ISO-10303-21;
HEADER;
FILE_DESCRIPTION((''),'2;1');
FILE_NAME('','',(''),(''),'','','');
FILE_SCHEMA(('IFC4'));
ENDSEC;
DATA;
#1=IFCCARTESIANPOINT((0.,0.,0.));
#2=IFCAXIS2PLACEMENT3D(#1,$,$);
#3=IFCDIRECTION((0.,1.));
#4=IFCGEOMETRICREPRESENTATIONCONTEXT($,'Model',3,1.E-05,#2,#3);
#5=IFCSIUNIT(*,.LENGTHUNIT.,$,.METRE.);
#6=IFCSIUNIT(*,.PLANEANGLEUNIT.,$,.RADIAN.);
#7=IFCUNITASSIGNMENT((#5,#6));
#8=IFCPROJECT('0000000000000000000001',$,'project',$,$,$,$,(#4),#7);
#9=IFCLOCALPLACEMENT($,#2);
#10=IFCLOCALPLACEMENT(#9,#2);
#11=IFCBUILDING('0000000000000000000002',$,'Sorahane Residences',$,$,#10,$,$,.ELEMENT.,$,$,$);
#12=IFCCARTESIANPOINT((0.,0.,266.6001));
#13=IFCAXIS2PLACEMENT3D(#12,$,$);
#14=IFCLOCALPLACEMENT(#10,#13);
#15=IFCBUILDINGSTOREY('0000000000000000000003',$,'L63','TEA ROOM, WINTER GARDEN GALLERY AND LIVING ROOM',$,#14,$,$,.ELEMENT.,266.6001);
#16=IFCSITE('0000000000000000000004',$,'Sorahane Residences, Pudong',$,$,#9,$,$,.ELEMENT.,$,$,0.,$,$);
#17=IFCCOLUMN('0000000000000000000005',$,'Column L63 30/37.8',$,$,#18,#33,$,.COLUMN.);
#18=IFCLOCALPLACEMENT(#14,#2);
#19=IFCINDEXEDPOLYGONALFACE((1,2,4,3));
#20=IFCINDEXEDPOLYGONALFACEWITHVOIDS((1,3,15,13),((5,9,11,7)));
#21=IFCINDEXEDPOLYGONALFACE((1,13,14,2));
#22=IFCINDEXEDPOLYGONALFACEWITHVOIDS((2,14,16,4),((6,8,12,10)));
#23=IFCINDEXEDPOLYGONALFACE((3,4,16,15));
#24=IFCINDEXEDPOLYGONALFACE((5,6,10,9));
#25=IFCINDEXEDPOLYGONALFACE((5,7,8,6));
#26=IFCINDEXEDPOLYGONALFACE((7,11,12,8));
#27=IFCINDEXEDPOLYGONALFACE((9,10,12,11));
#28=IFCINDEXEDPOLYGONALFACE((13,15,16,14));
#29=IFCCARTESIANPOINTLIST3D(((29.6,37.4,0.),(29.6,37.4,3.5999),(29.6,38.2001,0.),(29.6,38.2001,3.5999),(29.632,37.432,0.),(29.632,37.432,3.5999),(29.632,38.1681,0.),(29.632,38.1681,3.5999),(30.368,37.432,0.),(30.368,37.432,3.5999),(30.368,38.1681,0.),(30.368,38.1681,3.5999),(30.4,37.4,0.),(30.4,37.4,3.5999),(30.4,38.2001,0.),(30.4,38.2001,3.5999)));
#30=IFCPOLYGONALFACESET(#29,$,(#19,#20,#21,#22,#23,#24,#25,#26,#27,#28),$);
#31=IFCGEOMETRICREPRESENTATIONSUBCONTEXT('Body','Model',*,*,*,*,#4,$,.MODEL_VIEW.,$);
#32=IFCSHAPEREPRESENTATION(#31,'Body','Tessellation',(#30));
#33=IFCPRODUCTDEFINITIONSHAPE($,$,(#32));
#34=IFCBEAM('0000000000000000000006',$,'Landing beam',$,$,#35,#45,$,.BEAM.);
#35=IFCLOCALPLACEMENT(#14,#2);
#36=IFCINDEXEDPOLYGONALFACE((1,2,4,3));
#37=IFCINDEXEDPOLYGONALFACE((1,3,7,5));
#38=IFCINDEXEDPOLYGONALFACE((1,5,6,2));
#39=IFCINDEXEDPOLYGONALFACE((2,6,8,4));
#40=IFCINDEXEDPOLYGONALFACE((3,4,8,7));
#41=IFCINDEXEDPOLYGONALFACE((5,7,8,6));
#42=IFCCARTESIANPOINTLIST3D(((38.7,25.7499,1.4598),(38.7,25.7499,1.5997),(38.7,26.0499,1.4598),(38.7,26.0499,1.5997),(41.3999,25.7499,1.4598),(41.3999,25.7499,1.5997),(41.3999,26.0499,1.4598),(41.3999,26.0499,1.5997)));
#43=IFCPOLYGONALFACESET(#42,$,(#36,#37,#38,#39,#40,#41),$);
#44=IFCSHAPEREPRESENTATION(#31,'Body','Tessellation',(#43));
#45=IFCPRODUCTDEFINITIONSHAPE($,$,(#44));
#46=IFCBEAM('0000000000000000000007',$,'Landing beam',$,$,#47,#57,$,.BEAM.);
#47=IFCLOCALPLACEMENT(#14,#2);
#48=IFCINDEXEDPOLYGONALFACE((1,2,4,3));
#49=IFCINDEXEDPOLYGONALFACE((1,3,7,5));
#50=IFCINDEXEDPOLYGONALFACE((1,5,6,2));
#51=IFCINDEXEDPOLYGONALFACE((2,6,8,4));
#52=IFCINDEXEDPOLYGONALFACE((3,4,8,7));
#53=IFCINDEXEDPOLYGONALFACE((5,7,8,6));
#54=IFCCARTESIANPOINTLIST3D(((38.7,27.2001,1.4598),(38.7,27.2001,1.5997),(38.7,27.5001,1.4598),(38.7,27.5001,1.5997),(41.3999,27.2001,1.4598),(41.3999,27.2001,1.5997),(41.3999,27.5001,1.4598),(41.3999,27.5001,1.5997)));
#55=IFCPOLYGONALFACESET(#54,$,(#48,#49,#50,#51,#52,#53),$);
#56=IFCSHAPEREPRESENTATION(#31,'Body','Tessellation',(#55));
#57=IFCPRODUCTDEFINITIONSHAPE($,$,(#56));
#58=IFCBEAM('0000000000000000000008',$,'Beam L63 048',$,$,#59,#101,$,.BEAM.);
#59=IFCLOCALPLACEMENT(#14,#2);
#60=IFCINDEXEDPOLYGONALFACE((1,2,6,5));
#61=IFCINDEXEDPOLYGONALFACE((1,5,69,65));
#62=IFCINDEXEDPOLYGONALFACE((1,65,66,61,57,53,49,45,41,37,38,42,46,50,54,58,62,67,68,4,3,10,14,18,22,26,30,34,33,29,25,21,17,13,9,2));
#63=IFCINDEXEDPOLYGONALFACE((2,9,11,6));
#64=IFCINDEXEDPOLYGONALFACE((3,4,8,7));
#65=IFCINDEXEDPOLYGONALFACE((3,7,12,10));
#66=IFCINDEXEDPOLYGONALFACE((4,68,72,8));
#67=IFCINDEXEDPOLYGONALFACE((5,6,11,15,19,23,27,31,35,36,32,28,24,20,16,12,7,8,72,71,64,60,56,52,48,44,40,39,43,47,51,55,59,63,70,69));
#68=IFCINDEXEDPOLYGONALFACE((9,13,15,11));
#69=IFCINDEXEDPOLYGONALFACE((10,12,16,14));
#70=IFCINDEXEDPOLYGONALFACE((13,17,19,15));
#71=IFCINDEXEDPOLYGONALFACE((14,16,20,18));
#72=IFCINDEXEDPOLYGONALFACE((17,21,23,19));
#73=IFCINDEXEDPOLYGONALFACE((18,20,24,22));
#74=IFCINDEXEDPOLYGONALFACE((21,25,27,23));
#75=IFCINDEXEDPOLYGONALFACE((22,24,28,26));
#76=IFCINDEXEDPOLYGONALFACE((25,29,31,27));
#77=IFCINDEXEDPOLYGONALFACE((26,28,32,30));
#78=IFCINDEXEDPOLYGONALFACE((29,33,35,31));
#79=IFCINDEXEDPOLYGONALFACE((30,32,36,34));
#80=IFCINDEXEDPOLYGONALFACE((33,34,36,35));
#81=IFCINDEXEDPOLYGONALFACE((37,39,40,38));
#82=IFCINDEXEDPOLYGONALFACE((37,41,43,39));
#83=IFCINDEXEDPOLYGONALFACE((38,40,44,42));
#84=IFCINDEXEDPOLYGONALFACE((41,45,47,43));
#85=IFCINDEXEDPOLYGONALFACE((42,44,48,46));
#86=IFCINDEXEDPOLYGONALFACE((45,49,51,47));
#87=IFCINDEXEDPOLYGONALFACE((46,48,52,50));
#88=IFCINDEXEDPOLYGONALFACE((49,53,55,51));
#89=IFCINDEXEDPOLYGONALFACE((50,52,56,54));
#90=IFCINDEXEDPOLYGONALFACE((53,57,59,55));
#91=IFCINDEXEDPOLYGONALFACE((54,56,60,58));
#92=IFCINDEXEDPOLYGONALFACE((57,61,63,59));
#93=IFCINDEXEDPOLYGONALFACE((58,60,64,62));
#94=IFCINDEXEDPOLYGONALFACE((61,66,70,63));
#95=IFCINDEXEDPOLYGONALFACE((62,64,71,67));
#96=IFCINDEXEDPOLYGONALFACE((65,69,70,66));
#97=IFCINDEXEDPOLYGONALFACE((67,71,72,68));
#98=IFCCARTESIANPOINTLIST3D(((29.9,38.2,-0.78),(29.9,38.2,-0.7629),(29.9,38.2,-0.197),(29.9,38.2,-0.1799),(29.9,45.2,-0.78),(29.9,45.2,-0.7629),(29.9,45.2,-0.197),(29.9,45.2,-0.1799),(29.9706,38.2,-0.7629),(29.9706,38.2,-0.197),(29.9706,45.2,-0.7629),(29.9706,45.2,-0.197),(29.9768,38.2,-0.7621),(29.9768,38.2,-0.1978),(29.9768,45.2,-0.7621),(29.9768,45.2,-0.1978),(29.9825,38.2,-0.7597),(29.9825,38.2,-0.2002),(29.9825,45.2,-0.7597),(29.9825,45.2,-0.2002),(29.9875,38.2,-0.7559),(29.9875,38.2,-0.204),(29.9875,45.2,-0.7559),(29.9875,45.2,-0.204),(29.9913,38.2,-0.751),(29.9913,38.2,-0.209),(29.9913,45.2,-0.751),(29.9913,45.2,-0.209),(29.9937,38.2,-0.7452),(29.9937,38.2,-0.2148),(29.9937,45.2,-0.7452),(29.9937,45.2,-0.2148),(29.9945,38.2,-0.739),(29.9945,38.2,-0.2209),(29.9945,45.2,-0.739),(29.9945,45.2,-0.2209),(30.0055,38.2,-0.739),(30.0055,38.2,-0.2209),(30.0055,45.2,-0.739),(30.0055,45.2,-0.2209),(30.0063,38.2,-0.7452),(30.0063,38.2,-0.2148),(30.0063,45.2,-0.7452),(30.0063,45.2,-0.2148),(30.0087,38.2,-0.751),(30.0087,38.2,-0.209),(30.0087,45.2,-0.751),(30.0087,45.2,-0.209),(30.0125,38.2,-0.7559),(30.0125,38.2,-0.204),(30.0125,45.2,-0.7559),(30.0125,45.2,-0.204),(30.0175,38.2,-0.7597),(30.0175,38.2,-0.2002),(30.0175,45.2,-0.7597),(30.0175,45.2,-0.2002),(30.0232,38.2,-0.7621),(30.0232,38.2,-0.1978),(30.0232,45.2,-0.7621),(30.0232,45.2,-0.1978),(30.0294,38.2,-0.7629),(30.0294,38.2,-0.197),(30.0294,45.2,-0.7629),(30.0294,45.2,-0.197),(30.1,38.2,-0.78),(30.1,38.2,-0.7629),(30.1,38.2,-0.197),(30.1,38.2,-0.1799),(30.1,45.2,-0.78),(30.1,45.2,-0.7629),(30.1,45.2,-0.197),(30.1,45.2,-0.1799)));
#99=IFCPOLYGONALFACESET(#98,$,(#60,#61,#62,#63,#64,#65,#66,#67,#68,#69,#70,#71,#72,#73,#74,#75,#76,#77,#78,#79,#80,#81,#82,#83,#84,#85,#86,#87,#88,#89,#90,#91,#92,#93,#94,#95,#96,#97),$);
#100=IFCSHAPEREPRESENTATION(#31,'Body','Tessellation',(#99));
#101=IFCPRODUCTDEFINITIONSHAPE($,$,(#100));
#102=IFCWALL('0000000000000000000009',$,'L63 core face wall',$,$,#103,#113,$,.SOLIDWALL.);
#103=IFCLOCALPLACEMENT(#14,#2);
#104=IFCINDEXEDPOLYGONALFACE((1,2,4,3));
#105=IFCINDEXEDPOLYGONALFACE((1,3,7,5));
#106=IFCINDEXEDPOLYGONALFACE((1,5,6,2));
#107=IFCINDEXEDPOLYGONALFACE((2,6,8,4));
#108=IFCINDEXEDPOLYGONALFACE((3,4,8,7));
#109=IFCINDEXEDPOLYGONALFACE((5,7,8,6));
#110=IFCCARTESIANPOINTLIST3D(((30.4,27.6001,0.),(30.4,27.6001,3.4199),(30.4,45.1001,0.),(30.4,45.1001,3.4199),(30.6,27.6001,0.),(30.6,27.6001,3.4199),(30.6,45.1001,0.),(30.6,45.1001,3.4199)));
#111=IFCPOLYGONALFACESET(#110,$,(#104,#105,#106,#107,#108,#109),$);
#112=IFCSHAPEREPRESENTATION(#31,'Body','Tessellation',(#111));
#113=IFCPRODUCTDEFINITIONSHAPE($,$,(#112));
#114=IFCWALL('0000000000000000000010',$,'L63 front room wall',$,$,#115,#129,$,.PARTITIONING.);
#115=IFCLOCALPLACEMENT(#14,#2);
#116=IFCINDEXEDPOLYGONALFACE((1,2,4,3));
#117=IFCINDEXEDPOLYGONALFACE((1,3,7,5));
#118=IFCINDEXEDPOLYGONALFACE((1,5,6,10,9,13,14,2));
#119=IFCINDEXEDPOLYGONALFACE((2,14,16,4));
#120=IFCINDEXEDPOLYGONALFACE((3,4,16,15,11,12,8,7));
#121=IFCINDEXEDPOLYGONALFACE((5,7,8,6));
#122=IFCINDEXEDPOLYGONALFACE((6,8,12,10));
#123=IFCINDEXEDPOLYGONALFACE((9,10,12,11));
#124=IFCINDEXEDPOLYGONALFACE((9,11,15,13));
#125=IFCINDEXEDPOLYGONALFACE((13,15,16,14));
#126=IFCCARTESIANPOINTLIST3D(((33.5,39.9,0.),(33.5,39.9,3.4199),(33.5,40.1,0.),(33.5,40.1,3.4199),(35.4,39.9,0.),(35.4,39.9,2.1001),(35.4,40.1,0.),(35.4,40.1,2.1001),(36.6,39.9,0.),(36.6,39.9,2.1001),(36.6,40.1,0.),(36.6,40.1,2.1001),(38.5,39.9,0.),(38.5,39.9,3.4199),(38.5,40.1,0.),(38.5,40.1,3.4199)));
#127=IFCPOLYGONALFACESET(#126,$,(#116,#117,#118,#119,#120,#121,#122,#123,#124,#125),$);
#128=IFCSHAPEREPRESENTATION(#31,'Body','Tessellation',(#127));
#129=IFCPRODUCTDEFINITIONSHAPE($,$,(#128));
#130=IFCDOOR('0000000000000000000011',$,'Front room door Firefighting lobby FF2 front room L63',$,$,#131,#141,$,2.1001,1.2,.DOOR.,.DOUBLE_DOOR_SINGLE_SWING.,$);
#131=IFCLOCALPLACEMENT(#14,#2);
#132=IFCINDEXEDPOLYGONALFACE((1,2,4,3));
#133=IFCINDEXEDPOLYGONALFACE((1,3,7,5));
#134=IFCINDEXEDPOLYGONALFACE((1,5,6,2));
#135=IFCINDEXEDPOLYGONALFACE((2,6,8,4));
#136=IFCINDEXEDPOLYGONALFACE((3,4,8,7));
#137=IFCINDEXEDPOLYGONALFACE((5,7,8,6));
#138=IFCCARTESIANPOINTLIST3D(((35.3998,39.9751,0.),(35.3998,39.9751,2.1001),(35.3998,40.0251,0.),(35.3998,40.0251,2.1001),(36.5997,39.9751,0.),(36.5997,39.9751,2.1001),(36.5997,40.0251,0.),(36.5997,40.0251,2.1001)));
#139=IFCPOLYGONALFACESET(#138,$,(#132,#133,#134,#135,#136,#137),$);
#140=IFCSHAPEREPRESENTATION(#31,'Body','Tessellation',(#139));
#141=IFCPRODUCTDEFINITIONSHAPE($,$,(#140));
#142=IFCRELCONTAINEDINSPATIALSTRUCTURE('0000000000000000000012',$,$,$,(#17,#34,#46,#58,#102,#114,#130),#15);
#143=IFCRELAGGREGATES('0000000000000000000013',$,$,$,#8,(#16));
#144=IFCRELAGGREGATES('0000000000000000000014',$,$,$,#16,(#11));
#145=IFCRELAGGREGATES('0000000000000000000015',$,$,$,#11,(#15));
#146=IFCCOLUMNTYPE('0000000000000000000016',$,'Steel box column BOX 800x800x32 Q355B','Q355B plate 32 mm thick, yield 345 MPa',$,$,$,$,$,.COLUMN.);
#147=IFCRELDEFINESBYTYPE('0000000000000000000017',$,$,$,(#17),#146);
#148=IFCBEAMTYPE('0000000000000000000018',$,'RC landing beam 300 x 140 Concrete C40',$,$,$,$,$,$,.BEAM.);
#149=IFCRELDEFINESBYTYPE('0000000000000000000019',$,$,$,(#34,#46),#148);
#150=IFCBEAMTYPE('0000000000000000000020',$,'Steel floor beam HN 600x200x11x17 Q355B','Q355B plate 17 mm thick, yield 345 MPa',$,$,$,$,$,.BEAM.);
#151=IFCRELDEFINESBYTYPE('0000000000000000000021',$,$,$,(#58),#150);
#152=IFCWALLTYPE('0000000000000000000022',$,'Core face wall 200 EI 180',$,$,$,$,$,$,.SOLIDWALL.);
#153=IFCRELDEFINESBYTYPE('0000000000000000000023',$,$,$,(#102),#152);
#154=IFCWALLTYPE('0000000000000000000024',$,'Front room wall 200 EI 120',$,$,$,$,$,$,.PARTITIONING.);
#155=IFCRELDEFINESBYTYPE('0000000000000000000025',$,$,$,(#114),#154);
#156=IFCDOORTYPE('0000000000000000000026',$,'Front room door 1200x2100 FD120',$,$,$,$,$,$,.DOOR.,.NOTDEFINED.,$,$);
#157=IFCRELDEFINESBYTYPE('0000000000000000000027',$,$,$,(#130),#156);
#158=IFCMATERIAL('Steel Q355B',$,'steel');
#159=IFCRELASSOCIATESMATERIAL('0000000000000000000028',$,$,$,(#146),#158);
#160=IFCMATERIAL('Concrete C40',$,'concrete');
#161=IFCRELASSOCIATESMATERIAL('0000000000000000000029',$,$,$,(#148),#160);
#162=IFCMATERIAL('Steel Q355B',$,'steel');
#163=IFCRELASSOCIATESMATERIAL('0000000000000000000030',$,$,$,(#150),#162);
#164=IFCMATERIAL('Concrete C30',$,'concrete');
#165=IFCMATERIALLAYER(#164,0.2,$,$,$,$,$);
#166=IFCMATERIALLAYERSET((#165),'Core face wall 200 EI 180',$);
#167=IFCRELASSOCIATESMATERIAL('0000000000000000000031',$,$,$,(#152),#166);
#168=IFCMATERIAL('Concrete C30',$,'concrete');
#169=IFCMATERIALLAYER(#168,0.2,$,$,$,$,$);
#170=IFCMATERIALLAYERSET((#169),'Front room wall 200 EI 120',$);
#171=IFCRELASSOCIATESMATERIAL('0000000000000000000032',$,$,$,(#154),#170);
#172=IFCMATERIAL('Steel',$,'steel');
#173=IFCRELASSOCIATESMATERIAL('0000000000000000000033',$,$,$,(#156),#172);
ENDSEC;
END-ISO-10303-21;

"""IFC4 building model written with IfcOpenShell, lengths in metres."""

from ifc_helpers import new_model, si_unit, direction, frame, frame_2d, origin, origin_2d, place, context, subcontext, project, spatial, rectangle, hollow_rectangle, i_section, extrude, material, layer, layer_set, material_profile, profile_set, type_object, element, fill, save


model = new_model("IFC4")

# Units and contexts
model_context = context("Model", 3, precision=1e-05, world=origin(), true_north=direction((0.0, 1.0)))
body_context = subcontext(model_context, "Body", "Model", "MODEL_VIEW")
ifc_project = project(units=[si_unit("LENGTHUNIT", "METRE"), si_unit("PLANEANGLEUNIT", "RADIAN")], contexts=[model_context])

# Site, building, storey
site_placement = place(None, origin())
site = spatial("IfcSite", under=ifc_project, at=site_placement, Name="Sorahane Residences, Pudong", CompositionType="ELEMENT", RefElevation=0.0)
building_placement = place(site_placement, origin())
building = spatial("IfcBuilding", under=site, at=building_placement, Name="Sorahane Residences", CompositionType="ELEMENT")
storey_placement = place(building_placement, frame((0.0, 0.0, 266.6001)))
storey = spatial("IfcBuildingStorey", under=building, at=storey_placement, Name="L63", Description="TEA ROOM, WINTER GARDEN GALLERY AND LIVING ROOM", CompositionType="ELEMENT", Elevation=266.6001)

# Column
ifc_material_1 = material(Name="Steel Q355B", Category="steel")
ifc_material_profile_1 = material_profile(ifc_material_1, hollow_rectangle(XDim=0.8, YDim=0.8, WallThickness=0.032, at=origin_2d()), Name="BOX 800x800x32")
ifc_profile_set_1 = profile_set([ifc_material_profile_1], Name="Steel Q355B")
column_type = type_object("IfcColumnType", Name="Steel box column BOX 800x800x32 Q355B", Description="Q355B plate 32 mm thick, yield 345 MPa", PredefinedType="COLUMN", material=ifc_profile_set_1)
column_placement = place(storey_placement, frame((30.0, 37.8, 0.0), z_axis=(0.0, 0.0, 1.0), x_axis=(1.0, 0.0, 0.0)))
element("IfcColumn", 1, at=column_placement, inside=storey, type_object=column_type, Name="Column L63 30/37.8", PredefinedType="COLUMN", context=body_context, shape_type="SweptSolid", body=[
    extrude(hollow_rectangle(XDim=0.8, YDim=0.8, WallThickness=0.032, at=origin_2d()), origin(), (0.0, 0.0, 1.0), 3.5999),
])

# Beams
ifc_material_2 = material(Name="Concrete C40", Category="concrete")
ifc_material_profile_2 = material_profile(ifc_material_2, rectangle(XDim=0.3, YDim=0.1399, at=origin_2d()), Name="300x140")
ifc_profile_set_2 = profile_set([ifc_material_profile_2], Name="Concrete C40")
beam_type_1 = type_object("IfcBeamType", Name="RC landing beam 300 x 140 Concrete C40", PredefinedType="BEAM", material=ifc_profile_set_2)
for number, where, z_axis, x_axis, name in (
    (2, (38.7, 25.8999, 1.5298), (1.0, 0.0, 0.0), (0.0, 1.0, 0.0), "Landing beam"),
    (3, (38.7, 27.3501, 1.5298), (1.0, 0.0, 0.0), (0.0, 1.0, 0.0), "Landing beam"),
):
    element("IfcBeam", number, at=place(storey_placement, frame(where, z_axis=z_axis, x_axis=x_axis)), inside=storey, type_object=beam_type_1, Name=name, PredefinedType="BEAM", context=body_context, shape_type="SweptSolid", body=[
        extrude(rectangle(XDim=0.3, YDim=0.1399, at=origin_2d()), origin(), (0.0, 0.0, 1.0), 2.7),
    ])
ifc_material_3 = material(Name="Steel Q355B", Category="steel")
ifc_material_profile_3 = material_profile(ifc_material_3, i_section(OverallWidth=0.2, OverallDepth=0.6001, WebThickness=0.011, FlangeThickness=0.0171, FilletRadius=0.0239, at=origin_2d()), Name="HN 600x200x11x17")
ifc_profile_set_3 = profile_set([ifc_material_profile_3], Name="Steel Q355B")
beam_type_2 = type_object("IfcBeamType", Name="Steel floor beam HN 600x200x11x17 Q355B", Description="Q355B plate 17 mm thick, yield 345 MPa", PredefinedType="BEAM", material=ifc_profile_set_3)
beam_placement = place(storey_placement, frame((30.0, 38.2, -0.48), z_axis=(0.0, 1.0, 0.0), x_axis=(-1.0, 0.0, 0.0)))
element("IfcBeam", 4, at=beam_placement, inside=storey, type_object=beam_type_2, Name="Beam L63 048", PredefinedType="BEAM", context=body_context, shape_type="SweptSolid", body=[
    extrude(i_section(OverallWidth=0.2, OverallDepth=0.6001, WebThickness=0.011, FlangeThickness=0.0171, FilletRadius=0.0239, at=origin_2d()), origin(), (0.0, 0.0, 1.0), 7.0),
])

# Wall
ifc_material_4 = material(Name="Concrete C30", Category="concrete")
ifc_layer_1 = layer(ifc_material_4, 0.2)
ifc_layer_set_1 = layer_set([ifc_layer_1], Name="Core face wall 200 EI 180")
wall_type_1 = type_object("IfcWallType", Name="Core face wall 200 EI 180", PredefinedType="SOLIDWALL", material=ifc_layer_set_1)
wall_1_placement = place(storey_placement, frame((30.5, 27.6001, 0.0), z_axis=(0.0, 0.0, 1.0), x_axis=(0.0, 1.0, 0.0)))
element("IfcWall", 5, at=wall_1_placement, inside=storey, type_object=wall_type_1, Name="L63 core face wall", PredefinedType="SOLIDWALL", context=body_context, shape_type="SweptSolid", body=[
    extrude(rectangle(XDim=17.5, YDim=0.2, at=frame_2d((8.75, 0.0))), origin(), (0.0, 0.0, 1.0), 3.4199),
])

# Wall, opening, door
ifc_material_5 = material(Name="Concrete C30", Category="concrete")
ifc_layer_2 = layer(ifc_material_5, 0.2)
ifc_layer_set_2 = layer_set([ifc_layer_2], Name="Front room wall 200 EI 120")
wall_type_2 = type_object("IfcWallType", Name="Front room wall 200 EI 120", PredefinedType="PARTITIONING", material=ifc_layer_set_2)
wall_2_placement = place(storey_placement, frame((33.5, 40.0, 0.0), z_axis=(0.0, 0.0, 1.0), x_axis=(1.0, 0.0, 0.0)))
wall_2 = element("IfcWall", 6, at=wall_2_placement, inside=storey, type_object=wall_type_2, Name="L63 front room wall", PredefinedType="PARTITIONING", context=body_context, shape_type="SweptSolid", body=[
    extrude(rectangle(XDim=5.0, YDim=0.2, at=frame_2d((2.5, 0.0))), origin(), (0.0, 0.0, 1.0), 3.4199),
])
opening_1_placement = place(wall_2_placement, frame((1.8999, 0.0, 0.0)))
opening_1 = element("IfcOpeningElement", 7, at=opening_1_placement, cuts=wall_2, PredefinedType="OPENING", context=body_context, shape_type="SweptSolid", body=[
    extrude(rectangle(XDim=1.2, YDim=2.1001, at=frame_2d((0.6001, 1.05))), frame((0.0, 0.1099, 0.0), z_axis=(0.0, -1.0, 0.0), x_axis=(1.0, 0.0, 0.0)), (0.0, 0.0, 1.0), 0.22),
])
ifc_material_6 = material(Name="Steel", Category="steel")
door_type_1 = type_object("IfcDoorType", Name="Front room door 1200x2100 FD120", OperationType="NOTDEFINED", PredefinedType="DOOR", material=ifc_material_6)
door_1_placement = place(opening_1_placement, frame((1.2, 0.0, 0.0), z_axis=(0.0, 0.0, 1.0), x_axis=(-1.0, 0.0, 0.0)))
door_1 = element("IfcDoor", 8, at=door_1_placement, inside=storey, type_object=door_type_1, Name="Front room door Firefighting lobby FF2 front room L63", OperationType="DOUBLE_DOOR_SINGLE_SWING", OverallHeight=2.1001, OverallWidth=1.2, PredefinedType="DOOR", context=body_context, shape_type="SweptSolid", body=[
    extrude(rectangle(XDim=1.2, YDim=2.1001, at=frame_2d((0.6001, 1.05))), frame((0.0, 0.0249, 0.0), z_axis=(0.0, -1.0, 0.0), x_axis=(1.0, 0.0, 0.0)), (0.0, 0.0, 1.0), 0.05),
])
fill(opening_1, door_1)

save(model, "model.ifc")
